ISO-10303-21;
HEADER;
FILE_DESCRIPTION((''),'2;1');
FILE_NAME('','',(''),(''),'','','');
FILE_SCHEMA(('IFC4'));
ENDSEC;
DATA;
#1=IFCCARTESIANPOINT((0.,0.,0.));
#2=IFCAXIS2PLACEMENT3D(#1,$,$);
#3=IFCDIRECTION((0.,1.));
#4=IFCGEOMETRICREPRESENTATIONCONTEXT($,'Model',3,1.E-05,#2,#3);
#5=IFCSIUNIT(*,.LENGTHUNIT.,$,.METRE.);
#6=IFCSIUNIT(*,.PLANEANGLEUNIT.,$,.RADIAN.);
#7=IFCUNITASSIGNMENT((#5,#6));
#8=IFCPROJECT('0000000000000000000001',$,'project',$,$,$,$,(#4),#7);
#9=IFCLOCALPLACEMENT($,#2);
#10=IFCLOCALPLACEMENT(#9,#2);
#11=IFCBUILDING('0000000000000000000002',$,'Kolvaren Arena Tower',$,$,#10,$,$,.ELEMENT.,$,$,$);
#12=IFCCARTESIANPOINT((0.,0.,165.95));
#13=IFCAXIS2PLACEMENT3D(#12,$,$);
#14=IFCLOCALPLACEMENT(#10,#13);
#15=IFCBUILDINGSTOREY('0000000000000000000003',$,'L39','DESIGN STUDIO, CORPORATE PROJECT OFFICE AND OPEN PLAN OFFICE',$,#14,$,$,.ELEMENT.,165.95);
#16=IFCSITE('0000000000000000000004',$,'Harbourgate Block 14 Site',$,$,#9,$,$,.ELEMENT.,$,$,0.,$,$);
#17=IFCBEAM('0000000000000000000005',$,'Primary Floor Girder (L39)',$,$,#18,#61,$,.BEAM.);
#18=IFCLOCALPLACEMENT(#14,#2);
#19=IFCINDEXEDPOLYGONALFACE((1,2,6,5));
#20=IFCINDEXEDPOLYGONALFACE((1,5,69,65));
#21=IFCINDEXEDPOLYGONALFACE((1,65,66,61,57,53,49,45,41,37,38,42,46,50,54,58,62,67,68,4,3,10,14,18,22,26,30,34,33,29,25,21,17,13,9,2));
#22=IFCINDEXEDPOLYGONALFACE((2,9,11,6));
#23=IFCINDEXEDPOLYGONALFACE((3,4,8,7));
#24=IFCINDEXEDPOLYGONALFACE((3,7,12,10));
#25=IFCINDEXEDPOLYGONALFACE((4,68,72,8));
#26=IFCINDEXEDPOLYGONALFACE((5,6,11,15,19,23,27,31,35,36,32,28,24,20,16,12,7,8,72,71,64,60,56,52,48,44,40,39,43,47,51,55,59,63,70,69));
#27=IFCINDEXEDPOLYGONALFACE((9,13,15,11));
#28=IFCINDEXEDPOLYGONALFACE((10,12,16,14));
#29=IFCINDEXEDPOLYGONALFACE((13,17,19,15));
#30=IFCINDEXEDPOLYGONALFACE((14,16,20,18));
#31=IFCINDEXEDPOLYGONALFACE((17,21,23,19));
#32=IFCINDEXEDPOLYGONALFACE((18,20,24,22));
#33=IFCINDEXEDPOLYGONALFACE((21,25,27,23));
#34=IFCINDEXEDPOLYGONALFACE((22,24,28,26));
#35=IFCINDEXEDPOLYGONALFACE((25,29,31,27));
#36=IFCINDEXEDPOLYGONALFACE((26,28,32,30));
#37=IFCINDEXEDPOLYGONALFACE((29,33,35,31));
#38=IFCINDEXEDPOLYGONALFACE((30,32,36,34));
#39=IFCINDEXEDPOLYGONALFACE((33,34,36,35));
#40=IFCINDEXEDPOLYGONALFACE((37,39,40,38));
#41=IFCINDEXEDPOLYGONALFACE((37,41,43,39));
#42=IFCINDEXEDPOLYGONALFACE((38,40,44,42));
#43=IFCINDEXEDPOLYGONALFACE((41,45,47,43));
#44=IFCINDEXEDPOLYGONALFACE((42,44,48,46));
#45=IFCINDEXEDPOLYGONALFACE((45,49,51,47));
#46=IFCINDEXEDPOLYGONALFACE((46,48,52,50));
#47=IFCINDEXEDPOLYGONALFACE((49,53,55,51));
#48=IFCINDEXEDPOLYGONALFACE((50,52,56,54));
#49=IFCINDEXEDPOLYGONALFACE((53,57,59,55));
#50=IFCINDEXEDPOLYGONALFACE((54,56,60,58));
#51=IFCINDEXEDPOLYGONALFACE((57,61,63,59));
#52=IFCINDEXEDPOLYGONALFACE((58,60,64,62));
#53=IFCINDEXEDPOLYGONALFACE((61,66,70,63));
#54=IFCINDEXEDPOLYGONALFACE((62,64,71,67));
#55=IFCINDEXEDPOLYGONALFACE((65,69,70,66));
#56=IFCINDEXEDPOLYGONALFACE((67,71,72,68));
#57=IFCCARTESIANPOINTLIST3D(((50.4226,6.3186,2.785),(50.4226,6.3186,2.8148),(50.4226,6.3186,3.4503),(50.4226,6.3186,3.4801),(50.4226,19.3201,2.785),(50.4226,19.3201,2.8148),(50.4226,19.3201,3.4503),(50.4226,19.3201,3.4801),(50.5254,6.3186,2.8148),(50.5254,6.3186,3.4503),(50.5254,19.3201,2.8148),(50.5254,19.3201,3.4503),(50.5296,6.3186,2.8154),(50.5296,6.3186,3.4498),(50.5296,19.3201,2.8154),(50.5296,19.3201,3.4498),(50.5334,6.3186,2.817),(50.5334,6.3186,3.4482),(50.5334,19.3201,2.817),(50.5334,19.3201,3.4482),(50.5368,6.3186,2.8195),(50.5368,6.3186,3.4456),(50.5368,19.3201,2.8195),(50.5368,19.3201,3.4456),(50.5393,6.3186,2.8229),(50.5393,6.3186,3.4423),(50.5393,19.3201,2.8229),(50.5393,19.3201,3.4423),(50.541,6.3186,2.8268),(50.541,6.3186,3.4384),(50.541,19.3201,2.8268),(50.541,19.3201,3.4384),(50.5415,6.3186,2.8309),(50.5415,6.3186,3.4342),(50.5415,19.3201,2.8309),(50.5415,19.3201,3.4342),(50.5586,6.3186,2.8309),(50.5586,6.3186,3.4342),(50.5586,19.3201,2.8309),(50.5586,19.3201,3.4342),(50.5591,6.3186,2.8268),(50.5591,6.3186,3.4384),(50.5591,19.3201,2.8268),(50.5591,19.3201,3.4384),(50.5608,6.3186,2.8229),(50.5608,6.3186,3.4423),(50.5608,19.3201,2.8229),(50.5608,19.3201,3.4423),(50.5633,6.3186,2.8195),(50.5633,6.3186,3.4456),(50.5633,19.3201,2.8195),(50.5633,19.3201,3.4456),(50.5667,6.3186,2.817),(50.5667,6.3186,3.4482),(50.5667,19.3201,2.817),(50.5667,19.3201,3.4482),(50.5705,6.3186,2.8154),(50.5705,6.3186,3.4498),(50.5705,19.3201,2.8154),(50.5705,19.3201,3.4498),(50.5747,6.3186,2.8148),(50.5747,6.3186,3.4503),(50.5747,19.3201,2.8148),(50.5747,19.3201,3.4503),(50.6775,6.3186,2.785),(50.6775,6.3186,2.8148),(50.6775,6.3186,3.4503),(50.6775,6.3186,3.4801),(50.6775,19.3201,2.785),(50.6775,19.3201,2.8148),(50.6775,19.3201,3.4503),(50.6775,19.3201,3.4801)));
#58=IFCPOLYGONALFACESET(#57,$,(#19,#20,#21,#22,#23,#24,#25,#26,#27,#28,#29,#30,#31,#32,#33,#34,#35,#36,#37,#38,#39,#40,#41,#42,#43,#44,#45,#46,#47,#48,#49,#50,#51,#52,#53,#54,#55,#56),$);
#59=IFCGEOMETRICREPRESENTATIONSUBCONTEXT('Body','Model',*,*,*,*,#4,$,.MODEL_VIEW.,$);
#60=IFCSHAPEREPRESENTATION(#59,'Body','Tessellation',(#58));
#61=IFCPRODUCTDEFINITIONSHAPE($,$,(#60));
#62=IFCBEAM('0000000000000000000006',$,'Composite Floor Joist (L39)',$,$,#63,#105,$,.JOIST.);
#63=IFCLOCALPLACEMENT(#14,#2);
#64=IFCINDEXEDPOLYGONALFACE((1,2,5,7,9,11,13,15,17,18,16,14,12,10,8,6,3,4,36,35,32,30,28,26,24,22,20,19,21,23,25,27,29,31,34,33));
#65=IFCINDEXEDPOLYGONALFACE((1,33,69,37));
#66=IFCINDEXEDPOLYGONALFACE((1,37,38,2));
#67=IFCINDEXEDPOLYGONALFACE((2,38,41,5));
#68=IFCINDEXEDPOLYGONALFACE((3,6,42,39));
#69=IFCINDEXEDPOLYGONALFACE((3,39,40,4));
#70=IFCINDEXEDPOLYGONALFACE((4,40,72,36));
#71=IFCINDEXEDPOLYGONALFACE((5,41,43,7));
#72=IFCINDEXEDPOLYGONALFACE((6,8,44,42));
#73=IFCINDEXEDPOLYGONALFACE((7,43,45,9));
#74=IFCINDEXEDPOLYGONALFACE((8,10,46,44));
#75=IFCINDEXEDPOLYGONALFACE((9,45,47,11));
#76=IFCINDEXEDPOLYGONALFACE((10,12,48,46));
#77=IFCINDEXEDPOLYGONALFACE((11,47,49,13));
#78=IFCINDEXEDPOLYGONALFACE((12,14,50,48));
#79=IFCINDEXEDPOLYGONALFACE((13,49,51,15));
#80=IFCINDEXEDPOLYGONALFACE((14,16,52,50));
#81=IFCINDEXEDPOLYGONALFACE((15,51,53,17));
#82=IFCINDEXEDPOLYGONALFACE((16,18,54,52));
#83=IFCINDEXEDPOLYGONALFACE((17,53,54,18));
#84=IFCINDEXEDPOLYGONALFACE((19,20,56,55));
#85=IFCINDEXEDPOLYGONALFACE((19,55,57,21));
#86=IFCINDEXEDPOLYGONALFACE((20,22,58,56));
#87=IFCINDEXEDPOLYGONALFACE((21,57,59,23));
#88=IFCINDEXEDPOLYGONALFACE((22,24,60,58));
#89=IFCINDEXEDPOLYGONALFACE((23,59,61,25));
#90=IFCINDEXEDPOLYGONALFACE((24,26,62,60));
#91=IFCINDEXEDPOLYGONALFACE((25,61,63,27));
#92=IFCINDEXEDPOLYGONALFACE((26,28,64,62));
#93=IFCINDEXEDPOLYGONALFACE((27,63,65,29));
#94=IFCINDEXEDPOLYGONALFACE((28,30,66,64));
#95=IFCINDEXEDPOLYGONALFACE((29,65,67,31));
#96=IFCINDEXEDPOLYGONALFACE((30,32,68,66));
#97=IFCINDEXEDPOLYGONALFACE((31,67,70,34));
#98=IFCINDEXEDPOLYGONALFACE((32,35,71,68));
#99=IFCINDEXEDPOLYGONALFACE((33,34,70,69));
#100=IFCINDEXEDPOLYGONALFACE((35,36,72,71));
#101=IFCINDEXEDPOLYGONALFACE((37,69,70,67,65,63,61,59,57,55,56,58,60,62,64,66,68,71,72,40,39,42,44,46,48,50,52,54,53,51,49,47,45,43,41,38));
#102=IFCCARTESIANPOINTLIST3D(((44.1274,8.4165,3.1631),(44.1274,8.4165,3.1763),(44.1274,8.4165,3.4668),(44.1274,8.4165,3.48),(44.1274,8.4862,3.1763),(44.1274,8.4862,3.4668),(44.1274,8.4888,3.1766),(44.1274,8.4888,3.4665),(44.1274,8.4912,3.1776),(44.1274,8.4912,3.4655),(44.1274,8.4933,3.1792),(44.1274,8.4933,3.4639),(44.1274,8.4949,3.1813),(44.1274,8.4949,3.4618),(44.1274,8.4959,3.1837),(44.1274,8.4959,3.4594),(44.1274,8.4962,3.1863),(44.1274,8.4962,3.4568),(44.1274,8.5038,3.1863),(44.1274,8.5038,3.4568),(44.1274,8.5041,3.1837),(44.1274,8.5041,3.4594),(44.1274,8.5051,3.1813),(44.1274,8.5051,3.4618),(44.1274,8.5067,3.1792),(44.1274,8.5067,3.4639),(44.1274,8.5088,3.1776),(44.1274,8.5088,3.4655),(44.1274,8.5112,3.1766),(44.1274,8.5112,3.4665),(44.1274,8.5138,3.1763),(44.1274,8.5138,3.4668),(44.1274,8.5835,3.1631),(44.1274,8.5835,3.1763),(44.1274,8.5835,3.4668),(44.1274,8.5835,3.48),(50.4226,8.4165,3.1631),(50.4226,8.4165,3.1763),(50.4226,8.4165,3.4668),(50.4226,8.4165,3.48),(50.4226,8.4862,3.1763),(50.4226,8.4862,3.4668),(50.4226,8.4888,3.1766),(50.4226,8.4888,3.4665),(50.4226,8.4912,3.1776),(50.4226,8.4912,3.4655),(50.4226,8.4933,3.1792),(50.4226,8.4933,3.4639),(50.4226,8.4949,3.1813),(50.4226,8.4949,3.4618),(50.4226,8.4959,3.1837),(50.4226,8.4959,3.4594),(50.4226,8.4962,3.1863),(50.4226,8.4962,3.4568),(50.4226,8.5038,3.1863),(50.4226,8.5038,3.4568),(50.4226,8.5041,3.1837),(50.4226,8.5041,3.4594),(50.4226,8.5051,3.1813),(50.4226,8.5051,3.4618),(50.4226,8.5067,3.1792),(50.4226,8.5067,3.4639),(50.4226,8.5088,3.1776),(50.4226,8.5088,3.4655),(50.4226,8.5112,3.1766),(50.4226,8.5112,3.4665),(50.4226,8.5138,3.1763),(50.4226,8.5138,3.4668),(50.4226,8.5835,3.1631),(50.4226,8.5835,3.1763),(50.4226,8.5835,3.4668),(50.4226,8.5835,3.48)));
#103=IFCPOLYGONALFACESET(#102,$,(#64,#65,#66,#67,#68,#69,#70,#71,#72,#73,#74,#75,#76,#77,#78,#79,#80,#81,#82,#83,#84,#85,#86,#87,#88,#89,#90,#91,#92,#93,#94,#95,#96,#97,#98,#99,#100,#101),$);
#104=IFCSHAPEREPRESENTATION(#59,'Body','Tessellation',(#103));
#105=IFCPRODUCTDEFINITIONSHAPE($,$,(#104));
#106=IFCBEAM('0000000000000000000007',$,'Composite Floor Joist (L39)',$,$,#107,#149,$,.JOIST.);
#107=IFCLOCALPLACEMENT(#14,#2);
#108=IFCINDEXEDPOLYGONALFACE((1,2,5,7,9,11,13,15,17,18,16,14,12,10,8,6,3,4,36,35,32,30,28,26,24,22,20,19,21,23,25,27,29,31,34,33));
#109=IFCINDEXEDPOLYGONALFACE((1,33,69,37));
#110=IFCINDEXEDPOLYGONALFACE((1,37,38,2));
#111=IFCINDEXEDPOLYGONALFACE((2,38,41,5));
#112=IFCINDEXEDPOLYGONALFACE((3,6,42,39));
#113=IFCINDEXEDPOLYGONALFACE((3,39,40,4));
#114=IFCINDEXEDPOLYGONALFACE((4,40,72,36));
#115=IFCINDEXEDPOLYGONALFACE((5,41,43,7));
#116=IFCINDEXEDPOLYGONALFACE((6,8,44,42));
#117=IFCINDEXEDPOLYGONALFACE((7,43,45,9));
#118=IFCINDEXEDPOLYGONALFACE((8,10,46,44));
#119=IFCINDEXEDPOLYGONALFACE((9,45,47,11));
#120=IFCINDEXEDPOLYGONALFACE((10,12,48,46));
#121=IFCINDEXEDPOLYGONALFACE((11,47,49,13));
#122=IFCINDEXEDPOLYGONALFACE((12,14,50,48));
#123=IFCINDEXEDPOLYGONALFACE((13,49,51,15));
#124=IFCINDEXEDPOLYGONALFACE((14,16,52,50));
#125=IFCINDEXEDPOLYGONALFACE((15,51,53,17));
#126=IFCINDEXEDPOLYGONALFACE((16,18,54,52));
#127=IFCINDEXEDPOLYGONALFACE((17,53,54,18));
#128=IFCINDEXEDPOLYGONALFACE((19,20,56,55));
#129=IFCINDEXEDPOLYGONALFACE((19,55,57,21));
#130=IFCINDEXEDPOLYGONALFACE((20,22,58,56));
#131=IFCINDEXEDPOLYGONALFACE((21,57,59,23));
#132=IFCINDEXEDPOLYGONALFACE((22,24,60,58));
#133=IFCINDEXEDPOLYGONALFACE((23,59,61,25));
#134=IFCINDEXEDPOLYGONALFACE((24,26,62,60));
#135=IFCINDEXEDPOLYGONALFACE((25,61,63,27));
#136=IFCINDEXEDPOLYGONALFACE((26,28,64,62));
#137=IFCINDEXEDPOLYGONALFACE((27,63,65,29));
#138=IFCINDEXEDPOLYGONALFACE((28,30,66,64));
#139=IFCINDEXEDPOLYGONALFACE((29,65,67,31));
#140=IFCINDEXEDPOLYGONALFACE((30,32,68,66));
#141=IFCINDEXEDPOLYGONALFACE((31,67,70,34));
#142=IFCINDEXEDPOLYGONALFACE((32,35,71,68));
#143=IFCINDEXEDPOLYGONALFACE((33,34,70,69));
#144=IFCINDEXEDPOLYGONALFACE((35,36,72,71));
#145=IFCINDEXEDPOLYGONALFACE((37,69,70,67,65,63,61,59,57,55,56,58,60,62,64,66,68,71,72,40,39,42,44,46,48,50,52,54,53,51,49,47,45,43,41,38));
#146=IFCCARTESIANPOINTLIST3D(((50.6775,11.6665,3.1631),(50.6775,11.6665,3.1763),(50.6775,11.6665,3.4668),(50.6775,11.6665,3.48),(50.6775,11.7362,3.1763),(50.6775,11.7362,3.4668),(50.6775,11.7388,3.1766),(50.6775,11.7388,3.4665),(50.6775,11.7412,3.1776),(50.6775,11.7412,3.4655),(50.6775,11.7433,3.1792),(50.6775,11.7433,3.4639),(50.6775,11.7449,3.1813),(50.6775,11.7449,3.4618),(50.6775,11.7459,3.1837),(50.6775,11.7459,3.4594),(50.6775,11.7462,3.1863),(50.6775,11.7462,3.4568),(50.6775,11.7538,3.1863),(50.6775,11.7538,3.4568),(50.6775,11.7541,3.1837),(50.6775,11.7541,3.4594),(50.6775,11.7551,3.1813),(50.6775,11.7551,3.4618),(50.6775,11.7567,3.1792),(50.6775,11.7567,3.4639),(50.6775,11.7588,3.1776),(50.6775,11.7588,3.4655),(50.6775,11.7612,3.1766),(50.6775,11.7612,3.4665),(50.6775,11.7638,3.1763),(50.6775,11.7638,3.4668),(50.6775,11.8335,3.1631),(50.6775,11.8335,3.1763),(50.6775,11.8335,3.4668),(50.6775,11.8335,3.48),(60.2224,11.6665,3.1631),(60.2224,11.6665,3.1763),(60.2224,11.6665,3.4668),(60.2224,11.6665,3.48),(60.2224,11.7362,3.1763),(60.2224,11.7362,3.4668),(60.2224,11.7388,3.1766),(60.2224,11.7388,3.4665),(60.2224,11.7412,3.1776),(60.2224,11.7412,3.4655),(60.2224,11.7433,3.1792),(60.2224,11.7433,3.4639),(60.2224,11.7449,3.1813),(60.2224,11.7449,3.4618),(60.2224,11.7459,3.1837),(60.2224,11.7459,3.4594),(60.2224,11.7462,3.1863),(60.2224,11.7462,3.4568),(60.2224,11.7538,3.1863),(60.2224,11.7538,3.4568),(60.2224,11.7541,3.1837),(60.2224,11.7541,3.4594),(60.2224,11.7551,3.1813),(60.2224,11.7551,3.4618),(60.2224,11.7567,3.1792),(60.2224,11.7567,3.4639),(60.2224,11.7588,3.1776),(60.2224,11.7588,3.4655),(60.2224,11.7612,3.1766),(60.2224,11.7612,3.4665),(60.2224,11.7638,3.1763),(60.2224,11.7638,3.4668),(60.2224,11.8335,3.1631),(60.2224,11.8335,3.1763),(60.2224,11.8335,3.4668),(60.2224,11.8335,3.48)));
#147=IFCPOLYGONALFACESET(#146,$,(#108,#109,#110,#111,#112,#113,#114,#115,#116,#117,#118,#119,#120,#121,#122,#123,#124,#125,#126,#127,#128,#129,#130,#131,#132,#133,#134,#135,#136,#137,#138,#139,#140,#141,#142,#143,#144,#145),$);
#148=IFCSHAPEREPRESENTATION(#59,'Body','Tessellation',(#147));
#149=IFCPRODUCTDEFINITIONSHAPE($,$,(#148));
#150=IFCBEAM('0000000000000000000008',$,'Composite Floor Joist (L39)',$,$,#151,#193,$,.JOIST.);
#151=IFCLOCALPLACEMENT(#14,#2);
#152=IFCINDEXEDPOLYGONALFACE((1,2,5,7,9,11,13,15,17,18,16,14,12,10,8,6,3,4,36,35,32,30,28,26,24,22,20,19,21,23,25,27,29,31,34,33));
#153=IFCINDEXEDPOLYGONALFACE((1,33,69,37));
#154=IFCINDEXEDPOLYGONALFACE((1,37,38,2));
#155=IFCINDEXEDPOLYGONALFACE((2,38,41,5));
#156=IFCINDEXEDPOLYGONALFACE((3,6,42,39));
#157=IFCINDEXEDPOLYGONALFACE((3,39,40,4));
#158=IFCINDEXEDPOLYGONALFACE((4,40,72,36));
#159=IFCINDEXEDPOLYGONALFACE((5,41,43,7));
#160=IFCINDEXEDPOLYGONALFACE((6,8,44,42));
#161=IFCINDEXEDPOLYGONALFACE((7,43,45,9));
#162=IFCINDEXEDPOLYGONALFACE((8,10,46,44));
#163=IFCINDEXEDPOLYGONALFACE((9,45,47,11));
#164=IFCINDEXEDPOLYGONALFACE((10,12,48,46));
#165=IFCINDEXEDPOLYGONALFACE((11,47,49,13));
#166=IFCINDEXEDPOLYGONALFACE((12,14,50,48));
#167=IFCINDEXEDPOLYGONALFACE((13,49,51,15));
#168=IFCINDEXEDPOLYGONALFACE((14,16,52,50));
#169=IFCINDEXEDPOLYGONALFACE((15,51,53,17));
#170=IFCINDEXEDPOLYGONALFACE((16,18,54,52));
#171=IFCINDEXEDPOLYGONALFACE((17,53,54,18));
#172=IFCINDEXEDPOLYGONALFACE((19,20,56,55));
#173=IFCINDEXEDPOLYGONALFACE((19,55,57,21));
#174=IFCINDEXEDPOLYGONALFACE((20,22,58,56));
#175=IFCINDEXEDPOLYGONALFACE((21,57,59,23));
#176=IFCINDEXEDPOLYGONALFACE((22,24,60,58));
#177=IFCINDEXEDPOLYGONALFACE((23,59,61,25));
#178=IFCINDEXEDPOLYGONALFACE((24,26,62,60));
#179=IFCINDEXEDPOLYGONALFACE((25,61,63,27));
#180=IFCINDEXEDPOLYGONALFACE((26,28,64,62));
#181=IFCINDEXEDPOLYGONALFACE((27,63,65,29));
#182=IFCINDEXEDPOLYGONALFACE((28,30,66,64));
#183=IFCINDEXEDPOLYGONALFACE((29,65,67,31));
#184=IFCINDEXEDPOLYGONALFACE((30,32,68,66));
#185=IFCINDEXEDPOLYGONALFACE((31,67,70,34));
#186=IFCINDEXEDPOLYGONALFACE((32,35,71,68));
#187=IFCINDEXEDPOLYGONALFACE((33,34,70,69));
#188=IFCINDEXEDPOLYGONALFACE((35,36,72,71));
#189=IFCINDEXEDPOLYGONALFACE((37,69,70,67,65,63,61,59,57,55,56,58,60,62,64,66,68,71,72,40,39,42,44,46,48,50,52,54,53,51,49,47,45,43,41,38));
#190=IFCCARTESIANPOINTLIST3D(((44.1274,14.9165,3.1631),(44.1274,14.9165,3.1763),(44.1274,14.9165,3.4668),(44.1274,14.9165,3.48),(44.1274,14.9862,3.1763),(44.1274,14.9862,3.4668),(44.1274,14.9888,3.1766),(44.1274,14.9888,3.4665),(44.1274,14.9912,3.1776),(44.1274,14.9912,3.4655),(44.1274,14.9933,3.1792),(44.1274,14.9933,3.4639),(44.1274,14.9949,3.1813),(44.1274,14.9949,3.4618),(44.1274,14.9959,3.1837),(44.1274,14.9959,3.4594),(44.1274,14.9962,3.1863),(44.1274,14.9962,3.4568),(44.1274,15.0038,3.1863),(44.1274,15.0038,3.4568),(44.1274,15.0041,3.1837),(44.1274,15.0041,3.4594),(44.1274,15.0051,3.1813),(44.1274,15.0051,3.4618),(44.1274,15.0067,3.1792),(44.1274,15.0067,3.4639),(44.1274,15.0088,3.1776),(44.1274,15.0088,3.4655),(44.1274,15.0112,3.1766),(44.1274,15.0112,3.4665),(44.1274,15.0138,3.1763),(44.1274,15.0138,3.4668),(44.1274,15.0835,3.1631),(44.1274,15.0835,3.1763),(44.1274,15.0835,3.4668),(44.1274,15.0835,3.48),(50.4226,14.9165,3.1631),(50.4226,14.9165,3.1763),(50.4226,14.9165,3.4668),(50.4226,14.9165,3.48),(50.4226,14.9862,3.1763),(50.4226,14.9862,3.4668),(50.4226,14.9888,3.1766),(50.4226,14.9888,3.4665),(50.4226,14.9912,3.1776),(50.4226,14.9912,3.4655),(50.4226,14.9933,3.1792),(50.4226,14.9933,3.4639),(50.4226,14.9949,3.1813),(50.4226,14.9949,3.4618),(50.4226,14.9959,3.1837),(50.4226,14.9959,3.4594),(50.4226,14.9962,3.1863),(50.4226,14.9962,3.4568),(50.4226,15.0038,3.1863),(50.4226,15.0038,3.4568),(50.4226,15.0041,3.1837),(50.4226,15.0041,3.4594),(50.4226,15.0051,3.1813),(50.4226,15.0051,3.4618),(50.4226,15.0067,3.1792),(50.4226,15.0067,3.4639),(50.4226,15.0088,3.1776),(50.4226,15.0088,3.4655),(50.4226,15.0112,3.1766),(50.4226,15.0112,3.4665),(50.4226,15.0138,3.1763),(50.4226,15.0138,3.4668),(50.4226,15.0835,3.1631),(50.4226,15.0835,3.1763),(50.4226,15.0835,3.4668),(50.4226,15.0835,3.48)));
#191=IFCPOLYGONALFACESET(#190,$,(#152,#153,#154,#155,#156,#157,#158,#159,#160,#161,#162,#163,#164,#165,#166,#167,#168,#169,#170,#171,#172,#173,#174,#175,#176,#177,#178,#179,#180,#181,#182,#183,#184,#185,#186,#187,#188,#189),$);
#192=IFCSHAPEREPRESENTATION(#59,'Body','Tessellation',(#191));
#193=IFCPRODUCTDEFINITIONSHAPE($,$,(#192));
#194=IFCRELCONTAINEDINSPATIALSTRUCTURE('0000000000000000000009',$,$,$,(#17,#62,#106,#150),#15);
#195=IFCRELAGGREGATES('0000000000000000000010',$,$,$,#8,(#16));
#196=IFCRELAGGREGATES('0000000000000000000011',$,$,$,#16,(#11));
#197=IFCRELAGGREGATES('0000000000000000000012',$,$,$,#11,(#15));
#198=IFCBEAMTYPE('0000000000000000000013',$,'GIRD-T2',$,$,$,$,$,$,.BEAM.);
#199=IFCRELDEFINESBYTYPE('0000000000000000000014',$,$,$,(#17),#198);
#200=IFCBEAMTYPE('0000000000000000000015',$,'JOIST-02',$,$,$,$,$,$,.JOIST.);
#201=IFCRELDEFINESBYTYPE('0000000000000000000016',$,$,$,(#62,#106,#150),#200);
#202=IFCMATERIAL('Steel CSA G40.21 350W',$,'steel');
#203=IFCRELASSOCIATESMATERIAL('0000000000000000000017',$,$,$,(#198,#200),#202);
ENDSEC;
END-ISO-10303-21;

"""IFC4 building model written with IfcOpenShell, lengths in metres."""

from ifc_helpers import new_model, si_unit, direction, frame, origin, origin_2d, place, context, subcontext, project, spatial, i_section, extrude, material, material_profile, profile_set, type_object, element, save


model = new_model("IFC4")

# Units and contexts
model_context = context("Model", 3, precision=1e-05, world=origin(), true_north=direction((0.0, 1.0)))
body_context = subcontext(model_context, "Body", "Model", "MODEL_VIEW")
ifc_project = project(units=[si_unit("LENGTHUNIT", "METRE"), si_unit("PLANEANGLEUNIT", "RADIAN")], contexts=[model_context])

# Site, building, storey
site_placement = place(None, origin())
site = spatial("IfcSite", under=ifc_project, at=site_placement, Name="Harbourgate Block 14 Site", CompositionType="ELEMENT", RefElevation=0.0)
building_placement = place(site_placement, origin())
building = spatial("IfcBuilding", under=site, at=building_placement, Name="Kolvaren Arena Tower", CompositionType="ELEMENT")
storey_placement = place(building_placement, frame((0.0, 0.0, 165.95)))
storey = spatial("IfcBuildingStorey", under=building, at=storey_placement, Name="L39", Description="DESIGN STUDIO, CORPORATE PROJECT OFFICE AND OPEN PLAN OFFICE", CompositionType="ELEMENT", Elevation=165.95)

# Beams
ifc_material_1 = material(Name="Steel CSA G40.21 350W", Category="steel")
ifc_material_profile_1 = material_profile(ifc_material_1, i_section(OverallWidth=0.2549, OverallDepth=0.6951, WebThickness=0.0171, FlangeThickness=0.0298, FilletRadius=0.0161, at=origin_2d()), Name="W690x217")
ifc_profile_set_1 = profile_set([ifc_material_profile_1], Name="Steel CSA G40.21 350W")
beam_type_1 = type_object("IfcBeamType", Name="GIRD-T2", PredefinedType="BEAM", material=ifc_profile_set_1)
beam_1_placement = place(storey_placement, frame((50.55, 6.3186, 3.1326), z_axis=(0.0, 1.0, 0.0), x_axis=(-1.0, 0.0, 0.0)))
element("IfcBeam", 1, at=beam_1_placement, inside=storey, type_object=beam_type_1, Name="Primary Floor Girder (L39)", PredefinedType="BEAM", context=body_context, shape_type="SweptSolid", body=[
    extrude(i_section(OverallWidth=0.2549, OverallDepth=0.6951, WebThickness=0.0171, FlangeThickness=0.0298, FilletRadius=0.0161, at=origin_2d()), origin(), (0.0, 0.0, 1.0), 13.0015),
])
ifc_material_profile_2 = material_profile(ifc_material_1, i_section(OverallWidth=0.167, OverallDepth=0.3169, WebThickness=0.0076, FlangeThickness=0.0132, FilletRadius=0.01, at=origin_2d()), Name="W310x52")
ifc_profile_set_2 = profile_set([ifc_material_profile_2], Name="Steel CSA G40.21 350W")
beam_type_2 = type_object("IfcBeamType", Name="JOIST-02", PredefinedType="JOIST", material=ifc_profile_set_2)
beam_2_placement = place(storey_placement, frame((44.1274, 8.5, 3.3215), z_axis=(1.0, 0.0, 0.0), x_axis=(0.0, 1.0, 0.0)))
element("IfcBeam", 2, at=beam_2_placement, inside=storey, type_object=beam_type_2, Name="Composite Floor Joist (L39)", PredefinedType="JOIST", context=body_context, shape_type="SweptSolid", body=[
    extrude(i_section(OverallWidth=0.167, OverallDepth=0.3169, WebThickness=0.0076, FlangeThickness=0.0132, FilletRadius=0.01, at=origin_2d()), origin(), (0.0, 0.0, 1.0), 6.2952),
])
beam_3_placement = place(storey_placement, frame((50.6775, 11.75, 3.3215), z_axis=(1.0, 0.0, 0.0), x_axis=(0.0, 1.0, 0.0)))
element("IfcBeam", 3, at=beam_3_placement, inside=storey, type_object=beam_type_2, Name="Composite Floor Joist (L39)", PredefinedType="JOIST", context=body_context, shape_type="SweptSolid", body=[
    extrude(i_section(OverallWidth=0.167, OverallDepth=0.3169, WebThickness=0.0076, FlangeThickness=0.0132, FilletRadius=0.01, at=origin_2d()), origin(), (0.0, 0.0, 1.0), 9.5449),
])
beam_4_placement = place(storey_placement, frame((44.1274, 15.0, 3.3215), z_axis=(1.0, 0.0, 0.0), x_axis=(0.0, 1.0, 0.0)))
element("IfcBeam", 4, at=beam_4_placement, inside=storey, type_object=beam_type_2, Name="Composite Floor Joist (L39)", PredefinedType="JOIST", context=body_context, shape_type="SweptSolid", body=[
    extrude(i_section(OverallWidth=0.167, OverallDepth=0.3169, WebThickness=0.0076, FlangeThickness=0.0132, FilletRadius=0.01, at=origin_2d()), origin(), (0.0, 0.0, 1.0), 6.2952),
])

save(model, "model.ifc")
